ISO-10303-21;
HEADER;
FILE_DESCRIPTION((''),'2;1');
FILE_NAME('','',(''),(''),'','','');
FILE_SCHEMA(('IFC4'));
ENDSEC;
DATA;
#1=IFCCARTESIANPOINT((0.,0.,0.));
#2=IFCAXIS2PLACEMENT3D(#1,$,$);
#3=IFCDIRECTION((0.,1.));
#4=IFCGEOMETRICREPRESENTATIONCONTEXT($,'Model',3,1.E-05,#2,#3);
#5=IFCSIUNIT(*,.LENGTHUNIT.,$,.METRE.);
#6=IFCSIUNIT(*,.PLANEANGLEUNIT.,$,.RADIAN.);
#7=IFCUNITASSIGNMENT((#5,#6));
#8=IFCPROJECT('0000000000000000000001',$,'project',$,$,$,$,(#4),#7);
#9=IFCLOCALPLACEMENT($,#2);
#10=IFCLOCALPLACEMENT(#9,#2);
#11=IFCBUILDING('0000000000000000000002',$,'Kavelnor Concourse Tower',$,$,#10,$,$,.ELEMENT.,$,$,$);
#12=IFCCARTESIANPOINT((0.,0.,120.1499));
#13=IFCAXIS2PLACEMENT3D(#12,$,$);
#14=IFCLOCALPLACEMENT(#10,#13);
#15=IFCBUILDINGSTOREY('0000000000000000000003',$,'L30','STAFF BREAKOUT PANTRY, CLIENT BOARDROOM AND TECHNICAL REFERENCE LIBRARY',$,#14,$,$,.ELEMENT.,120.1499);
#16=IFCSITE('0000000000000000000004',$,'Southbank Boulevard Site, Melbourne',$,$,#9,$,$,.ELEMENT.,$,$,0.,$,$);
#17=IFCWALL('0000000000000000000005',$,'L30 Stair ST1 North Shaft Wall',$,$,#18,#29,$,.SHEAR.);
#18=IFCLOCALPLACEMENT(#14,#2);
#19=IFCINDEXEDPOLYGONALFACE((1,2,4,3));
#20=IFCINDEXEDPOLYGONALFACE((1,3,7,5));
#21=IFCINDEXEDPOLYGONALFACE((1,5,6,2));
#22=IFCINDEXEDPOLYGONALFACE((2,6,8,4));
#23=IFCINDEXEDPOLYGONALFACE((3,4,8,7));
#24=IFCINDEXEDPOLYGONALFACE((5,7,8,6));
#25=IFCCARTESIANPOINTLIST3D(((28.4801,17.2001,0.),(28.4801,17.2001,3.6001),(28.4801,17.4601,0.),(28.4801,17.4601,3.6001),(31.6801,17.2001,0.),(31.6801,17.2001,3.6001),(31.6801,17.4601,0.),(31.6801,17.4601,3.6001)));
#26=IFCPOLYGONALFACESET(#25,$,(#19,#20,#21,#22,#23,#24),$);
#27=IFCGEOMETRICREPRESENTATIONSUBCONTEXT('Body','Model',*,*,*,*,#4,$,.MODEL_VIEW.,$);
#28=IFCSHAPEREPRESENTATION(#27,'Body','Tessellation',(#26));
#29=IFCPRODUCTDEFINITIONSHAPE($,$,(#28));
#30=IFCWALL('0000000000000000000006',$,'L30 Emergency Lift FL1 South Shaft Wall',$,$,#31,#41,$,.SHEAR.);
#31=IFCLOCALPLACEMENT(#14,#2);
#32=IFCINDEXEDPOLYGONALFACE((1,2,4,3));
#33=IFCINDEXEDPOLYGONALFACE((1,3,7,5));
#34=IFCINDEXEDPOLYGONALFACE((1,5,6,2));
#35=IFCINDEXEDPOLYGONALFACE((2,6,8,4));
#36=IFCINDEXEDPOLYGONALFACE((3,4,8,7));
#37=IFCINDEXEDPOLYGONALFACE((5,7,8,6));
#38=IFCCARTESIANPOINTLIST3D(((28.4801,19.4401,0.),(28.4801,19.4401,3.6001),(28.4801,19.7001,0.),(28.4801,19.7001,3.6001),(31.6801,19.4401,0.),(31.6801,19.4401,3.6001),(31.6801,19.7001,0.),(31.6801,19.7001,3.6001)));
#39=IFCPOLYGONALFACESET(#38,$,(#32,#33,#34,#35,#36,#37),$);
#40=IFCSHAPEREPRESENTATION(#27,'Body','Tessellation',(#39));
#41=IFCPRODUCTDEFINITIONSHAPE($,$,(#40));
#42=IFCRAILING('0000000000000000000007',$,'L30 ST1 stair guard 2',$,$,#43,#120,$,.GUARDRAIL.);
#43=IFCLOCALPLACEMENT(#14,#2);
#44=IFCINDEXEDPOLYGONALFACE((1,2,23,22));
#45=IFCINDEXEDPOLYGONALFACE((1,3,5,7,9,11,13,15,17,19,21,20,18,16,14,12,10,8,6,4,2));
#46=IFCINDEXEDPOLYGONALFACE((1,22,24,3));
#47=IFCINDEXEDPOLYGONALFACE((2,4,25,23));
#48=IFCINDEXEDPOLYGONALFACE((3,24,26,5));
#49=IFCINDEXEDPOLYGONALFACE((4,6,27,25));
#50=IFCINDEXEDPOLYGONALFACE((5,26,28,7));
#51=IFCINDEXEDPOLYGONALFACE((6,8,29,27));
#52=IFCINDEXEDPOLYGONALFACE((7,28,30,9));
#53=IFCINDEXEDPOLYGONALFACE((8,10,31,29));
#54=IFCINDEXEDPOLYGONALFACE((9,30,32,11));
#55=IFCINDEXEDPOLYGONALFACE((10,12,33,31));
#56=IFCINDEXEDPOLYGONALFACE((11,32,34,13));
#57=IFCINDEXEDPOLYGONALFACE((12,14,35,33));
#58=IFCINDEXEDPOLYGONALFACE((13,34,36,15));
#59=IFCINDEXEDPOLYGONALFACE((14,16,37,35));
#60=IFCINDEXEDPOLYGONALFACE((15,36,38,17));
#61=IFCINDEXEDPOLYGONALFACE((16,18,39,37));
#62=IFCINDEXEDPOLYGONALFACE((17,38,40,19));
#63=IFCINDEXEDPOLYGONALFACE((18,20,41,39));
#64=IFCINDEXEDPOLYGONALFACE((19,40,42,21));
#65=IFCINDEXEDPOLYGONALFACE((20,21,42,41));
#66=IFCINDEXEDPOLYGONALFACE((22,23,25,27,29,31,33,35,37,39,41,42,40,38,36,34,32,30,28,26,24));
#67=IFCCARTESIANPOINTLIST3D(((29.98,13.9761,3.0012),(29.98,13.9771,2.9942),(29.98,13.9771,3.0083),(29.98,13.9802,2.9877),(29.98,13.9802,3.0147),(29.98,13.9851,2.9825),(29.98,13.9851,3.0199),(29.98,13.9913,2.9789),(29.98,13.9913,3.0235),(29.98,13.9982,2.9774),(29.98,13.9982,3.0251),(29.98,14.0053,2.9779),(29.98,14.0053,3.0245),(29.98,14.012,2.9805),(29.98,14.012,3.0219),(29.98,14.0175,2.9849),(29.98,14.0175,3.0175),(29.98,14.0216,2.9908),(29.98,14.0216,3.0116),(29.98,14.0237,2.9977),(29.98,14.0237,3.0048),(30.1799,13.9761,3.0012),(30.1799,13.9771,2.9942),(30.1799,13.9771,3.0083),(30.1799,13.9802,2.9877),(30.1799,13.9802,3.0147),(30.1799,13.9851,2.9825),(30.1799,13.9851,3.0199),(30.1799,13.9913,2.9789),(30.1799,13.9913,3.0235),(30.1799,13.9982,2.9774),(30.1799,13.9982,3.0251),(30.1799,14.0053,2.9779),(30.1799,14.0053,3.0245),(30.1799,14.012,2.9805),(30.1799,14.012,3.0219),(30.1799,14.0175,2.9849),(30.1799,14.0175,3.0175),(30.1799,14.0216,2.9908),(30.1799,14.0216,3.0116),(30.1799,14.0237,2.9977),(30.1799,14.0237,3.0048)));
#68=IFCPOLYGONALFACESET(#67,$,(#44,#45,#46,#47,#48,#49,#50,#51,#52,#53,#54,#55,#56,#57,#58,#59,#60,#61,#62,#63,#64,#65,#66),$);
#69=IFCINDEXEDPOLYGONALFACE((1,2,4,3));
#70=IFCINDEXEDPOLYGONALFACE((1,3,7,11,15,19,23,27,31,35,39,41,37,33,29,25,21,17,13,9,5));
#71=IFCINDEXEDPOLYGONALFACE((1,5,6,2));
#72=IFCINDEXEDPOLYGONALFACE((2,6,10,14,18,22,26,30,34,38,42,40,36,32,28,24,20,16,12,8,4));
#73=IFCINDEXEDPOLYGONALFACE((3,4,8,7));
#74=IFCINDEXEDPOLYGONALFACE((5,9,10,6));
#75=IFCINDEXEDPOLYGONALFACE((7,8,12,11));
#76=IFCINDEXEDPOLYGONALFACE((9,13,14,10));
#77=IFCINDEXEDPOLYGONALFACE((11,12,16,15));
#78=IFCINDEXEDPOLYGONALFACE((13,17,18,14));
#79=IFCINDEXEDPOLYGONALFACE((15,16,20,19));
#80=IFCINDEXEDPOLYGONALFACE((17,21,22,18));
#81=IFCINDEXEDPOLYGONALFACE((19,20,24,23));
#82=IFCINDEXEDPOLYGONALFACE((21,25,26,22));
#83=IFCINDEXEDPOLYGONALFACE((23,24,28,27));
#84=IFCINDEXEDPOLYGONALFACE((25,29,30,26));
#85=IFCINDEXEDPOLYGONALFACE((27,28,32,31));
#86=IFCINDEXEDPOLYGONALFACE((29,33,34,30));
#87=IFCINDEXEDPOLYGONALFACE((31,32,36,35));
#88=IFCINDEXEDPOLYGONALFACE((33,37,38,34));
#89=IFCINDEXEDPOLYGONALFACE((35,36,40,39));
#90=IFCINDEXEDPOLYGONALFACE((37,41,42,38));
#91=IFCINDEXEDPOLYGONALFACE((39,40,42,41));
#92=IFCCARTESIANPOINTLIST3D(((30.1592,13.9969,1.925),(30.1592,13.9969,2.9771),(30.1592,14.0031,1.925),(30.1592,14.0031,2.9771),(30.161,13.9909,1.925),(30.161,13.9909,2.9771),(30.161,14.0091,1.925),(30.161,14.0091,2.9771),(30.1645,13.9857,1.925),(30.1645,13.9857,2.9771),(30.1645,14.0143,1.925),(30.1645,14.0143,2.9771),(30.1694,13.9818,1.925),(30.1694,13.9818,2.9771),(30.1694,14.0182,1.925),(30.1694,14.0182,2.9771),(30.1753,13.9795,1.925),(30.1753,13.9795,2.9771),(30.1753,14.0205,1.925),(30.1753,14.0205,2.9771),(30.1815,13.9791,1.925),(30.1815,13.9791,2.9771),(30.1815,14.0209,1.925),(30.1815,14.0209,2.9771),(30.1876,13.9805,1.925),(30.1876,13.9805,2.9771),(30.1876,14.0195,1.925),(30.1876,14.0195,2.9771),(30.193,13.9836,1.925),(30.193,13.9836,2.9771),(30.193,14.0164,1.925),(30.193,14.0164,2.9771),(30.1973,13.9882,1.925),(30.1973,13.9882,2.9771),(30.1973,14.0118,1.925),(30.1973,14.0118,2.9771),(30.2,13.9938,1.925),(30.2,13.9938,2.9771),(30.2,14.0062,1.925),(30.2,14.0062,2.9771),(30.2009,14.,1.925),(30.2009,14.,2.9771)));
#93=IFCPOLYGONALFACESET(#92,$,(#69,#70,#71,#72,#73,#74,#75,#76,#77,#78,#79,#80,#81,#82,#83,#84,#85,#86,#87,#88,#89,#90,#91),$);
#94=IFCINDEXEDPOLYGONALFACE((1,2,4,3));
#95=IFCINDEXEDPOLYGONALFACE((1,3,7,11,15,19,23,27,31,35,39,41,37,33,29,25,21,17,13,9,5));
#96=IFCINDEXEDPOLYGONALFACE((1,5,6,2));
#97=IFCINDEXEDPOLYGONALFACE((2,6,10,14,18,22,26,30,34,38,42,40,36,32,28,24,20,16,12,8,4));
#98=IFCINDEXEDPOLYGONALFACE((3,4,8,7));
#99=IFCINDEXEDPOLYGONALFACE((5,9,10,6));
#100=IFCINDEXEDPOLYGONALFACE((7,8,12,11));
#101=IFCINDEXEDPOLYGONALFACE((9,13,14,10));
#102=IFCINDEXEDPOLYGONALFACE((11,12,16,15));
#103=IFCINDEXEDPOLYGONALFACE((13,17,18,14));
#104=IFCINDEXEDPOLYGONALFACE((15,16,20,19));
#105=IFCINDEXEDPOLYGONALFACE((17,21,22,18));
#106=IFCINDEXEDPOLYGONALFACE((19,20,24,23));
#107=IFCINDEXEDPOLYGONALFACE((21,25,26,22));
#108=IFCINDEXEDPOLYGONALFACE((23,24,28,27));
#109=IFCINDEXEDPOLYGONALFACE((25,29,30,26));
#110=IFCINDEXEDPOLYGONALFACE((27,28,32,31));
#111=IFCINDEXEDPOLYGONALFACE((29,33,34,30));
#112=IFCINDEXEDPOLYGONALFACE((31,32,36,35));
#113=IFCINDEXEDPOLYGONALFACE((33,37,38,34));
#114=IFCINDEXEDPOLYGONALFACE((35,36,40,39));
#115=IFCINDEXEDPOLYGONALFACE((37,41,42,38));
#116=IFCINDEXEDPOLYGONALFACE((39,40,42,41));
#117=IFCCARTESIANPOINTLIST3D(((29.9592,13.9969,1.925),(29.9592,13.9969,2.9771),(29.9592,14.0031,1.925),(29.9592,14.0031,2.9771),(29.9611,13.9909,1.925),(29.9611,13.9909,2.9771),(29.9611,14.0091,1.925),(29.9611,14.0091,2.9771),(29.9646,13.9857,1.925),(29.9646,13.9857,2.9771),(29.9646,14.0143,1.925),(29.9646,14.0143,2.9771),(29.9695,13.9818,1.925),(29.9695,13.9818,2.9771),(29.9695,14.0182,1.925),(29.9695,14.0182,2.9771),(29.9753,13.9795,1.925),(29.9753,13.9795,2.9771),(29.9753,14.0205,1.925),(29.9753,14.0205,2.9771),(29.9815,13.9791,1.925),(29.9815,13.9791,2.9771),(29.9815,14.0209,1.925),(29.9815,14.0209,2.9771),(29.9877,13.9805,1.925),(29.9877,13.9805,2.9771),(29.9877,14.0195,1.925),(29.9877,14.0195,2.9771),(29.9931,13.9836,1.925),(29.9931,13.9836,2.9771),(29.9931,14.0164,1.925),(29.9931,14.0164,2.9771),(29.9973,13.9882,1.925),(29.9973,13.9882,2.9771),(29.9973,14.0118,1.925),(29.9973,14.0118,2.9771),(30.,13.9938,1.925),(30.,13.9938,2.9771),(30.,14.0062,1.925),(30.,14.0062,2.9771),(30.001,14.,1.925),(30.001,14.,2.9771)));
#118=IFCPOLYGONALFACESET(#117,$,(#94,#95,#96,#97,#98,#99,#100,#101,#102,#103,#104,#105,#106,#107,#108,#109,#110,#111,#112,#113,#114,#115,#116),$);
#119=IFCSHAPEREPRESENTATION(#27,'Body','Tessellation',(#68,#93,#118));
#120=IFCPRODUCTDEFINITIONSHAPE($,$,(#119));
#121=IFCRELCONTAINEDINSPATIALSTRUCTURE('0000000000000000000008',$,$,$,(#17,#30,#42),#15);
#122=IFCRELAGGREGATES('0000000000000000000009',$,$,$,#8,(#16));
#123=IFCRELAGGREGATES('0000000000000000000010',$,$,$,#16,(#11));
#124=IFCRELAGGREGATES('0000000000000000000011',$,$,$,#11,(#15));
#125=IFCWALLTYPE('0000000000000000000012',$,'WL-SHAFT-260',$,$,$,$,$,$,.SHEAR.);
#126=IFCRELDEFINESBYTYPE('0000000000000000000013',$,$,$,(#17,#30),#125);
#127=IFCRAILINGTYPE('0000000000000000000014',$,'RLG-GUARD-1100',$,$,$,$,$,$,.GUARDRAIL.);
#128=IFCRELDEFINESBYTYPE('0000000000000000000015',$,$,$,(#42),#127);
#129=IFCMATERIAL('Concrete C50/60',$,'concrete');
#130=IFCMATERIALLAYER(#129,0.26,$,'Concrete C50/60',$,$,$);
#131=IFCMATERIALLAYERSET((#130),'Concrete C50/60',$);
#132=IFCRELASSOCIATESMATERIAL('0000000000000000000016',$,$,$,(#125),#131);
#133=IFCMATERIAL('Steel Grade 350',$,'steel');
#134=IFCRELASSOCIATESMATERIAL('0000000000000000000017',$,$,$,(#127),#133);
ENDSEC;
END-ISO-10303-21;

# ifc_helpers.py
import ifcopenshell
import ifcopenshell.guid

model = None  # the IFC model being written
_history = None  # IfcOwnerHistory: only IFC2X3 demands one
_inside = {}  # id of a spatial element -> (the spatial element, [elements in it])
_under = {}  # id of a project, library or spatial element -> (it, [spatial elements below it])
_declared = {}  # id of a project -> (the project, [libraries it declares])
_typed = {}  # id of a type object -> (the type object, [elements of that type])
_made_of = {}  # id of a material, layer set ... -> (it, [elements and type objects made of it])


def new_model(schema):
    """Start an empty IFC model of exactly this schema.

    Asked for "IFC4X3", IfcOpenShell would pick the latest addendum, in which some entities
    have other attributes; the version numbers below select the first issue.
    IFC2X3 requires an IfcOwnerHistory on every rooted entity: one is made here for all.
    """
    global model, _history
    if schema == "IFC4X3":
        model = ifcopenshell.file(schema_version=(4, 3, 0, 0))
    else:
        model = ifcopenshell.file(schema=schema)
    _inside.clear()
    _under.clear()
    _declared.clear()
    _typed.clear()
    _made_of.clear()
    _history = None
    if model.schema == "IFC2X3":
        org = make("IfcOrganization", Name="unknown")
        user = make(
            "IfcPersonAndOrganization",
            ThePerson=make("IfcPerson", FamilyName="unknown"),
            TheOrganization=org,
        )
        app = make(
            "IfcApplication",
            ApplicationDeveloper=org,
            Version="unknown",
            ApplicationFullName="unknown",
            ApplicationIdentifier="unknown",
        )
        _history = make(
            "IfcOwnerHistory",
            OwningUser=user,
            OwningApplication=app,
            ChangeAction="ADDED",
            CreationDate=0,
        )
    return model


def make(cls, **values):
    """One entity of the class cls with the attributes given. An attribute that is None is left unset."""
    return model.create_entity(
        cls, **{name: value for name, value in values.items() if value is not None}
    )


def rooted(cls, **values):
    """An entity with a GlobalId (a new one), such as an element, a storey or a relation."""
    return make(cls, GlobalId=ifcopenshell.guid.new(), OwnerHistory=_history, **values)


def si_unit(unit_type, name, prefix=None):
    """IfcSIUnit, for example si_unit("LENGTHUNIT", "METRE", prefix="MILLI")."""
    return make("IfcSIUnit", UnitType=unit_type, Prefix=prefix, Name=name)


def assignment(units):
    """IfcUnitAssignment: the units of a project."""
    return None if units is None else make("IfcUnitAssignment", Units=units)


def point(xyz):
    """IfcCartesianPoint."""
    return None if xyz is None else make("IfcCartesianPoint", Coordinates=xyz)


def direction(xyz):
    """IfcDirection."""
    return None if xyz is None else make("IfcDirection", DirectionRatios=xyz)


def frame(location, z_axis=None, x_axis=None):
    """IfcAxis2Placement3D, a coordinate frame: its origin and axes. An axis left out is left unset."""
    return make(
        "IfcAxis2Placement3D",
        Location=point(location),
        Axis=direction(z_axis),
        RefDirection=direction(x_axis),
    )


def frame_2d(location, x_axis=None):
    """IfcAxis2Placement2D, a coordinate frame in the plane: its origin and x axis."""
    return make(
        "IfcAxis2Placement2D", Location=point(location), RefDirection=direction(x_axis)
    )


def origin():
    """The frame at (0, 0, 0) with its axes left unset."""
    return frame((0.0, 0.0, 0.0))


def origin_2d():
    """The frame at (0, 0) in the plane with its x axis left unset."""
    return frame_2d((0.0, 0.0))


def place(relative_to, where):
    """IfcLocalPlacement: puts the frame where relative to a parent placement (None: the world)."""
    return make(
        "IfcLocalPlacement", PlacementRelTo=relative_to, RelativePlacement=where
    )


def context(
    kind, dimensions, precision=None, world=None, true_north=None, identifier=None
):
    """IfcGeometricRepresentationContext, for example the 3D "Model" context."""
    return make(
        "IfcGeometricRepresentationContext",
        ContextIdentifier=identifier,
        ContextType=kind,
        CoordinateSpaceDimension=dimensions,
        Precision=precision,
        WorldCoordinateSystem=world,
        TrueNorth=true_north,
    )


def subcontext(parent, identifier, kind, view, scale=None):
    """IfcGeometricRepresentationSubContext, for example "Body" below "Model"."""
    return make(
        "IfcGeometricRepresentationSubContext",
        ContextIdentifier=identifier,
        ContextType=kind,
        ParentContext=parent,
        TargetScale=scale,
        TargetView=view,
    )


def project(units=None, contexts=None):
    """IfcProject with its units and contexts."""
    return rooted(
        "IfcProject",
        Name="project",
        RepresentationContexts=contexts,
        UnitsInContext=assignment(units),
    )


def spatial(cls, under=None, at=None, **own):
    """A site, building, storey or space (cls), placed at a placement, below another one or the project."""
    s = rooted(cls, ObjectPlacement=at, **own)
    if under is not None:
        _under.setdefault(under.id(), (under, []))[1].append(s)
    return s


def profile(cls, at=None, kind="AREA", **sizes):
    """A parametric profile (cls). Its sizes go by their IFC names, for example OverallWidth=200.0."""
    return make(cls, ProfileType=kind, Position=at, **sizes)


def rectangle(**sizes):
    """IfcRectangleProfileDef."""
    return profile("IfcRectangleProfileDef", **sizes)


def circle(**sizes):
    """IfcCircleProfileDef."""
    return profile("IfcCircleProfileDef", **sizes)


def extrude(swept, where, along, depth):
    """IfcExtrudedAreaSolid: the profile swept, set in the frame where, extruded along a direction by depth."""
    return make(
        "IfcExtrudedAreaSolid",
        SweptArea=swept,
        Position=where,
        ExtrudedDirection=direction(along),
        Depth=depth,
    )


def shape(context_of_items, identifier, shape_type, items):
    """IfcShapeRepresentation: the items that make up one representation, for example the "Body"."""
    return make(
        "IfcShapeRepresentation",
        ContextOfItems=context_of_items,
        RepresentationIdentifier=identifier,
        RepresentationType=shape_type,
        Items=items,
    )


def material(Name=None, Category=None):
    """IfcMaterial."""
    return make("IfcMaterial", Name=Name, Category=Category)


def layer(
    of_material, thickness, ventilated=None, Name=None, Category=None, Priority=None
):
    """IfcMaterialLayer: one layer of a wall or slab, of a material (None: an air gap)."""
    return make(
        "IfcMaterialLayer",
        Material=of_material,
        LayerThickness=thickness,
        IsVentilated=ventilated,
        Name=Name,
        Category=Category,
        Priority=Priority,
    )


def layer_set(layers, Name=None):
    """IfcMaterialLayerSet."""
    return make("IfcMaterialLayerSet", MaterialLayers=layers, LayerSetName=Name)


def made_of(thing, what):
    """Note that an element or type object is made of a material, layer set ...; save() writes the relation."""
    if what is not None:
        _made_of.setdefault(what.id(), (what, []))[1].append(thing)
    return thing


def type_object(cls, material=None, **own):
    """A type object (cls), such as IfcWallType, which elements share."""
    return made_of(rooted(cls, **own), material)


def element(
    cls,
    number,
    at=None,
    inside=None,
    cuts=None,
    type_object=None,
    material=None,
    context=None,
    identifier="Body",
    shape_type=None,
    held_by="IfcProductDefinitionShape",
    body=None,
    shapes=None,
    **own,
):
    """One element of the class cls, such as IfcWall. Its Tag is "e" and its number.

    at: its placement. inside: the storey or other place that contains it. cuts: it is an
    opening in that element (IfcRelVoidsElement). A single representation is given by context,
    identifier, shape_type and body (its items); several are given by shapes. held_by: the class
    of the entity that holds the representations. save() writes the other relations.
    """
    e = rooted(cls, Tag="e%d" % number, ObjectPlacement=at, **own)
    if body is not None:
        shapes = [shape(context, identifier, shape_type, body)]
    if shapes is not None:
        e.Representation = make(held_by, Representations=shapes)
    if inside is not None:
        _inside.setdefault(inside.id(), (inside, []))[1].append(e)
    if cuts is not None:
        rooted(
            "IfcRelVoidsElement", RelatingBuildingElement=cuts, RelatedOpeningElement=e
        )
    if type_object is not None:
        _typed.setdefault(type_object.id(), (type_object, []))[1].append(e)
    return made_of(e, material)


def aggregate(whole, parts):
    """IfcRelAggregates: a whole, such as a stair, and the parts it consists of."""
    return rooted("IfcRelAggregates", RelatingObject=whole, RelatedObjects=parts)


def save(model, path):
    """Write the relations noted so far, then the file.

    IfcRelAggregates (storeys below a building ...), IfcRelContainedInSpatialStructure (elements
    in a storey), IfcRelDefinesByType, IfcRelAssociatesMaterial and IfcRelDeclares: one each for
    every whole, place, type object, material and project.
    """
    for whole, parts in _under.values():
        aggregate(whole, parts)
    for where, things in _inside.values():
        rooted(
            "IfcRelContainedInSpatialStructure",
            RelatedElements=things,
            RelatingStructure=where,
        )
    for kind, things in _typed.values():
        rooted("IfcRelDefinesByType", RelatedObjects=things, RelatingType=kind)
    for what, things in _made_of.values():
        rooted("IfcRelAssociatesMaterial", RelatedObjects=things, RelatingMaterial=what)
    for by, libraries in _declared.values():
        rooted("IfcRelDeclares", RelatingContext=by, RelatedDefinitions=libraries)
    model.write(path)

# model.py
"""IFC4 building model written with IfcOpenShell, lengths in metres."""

from ifc_helpers import new_model, si_unit, direction, frame, frame_2d, origin, origin_2d, place, context, subcontext, project, spatial, rectangle, circle, extrude, material, layer, layer_set, type_object, element, save


model = new_model("IFC4")

# Units and contexts
model_context = context("Model", 3, precision=1e-05, world=origin(), true_north=direction((0.0, 1.0)))
body_context = subcontext(model_context, "Body", "Model", "MODEL_VIEW")
ifc_project = project(units=[si_unit("LENGTHUNIT", "METRE"), si_unit("PLANEANGLEUNIT", "RADIAN")], contexts=[model_context])

# Site, building, storey
site_placement = place(None, origin())
site = spatial("IfcSite", under=ifc_project, at=site_placement, Name="Southbank Boulevard Site, Melbourne", CompositionType="ELEMENT", RefElevation=0.0)
building_placement = place(site_placement, origin())
building = spatial("IfcBuilding", under=site, at=building_placement, Name="Kavelnor Concourse Tower", CompositionType="ELEMENT")
storey_placement = place(building_placement, frame((0.0, 0.0, 120.1499)))
storey = spatial("IfcBuildingStorey", under=building, at=storey_placement, Name="L30", Description="STAFF BREAKOUT PANTRY, CLIENT BOARDROOM AND TECHNICAL REFERENCE LIBRARY", CompositionType="ELEMENT", Elevation=120.1499)

# Shared definitions
ifc_material_1 = material(Name="Steel Grade 350", Category="steel")

# Shared definitions
ifc_material_2 = material(Name="Concrete C50/60", Category="concrete")

# Walls
ifc_layer_1 = layer(ifc_material_2, 0.26, Name="Concrete C50/60")
ifc_layer_set_1 = layer_set([ifc_layer_1], Name="Concrete C50/60")
wall_type_1 = type_object("IfcWallType", Name="WL-SHAFT-260", PredefinedType="SHEAR", material=ifc_layer_set_1)
for number, where, z_axis, x_axis, name in (
    (1, (28.48, 17.3301, 0.0), (0.0, 0.0, 1.0), (1.0, 0.0, 0.0), "L30 Stair ST1 North Shaft Wall"),
    (2, (28.48, 19.5701, 0.0), (0.0, 0.0, 1.0), (1.0, 0.0, 0.0), "L30 Emergency Lift FL1 South Shaft Wall"),
):
    element("IfcWall", number, at=place(storey_placement, frame(where, z_axis=z_axis, x_axis=x_axis)), inside=storey, type_object=wall_type_1, Name=name, PredefinedType="SHEAR", context=body_context, shape_type="SweptSolid", body=[
        extrude(rectangle(XDim=3.2, YDim=0.26, at=frame_2d((1.6001, 0.0))), origin(), (0.0, 0.0, 1.0), 3.6001),
    ])

# Railing
railing_type = type_object("IfcRailingType", Name="RLG-GUARD-1100", PredefinedType="GUARDRAIL", material=ifc_material_1)
railing_1_placement = place(storey_placement, frame((30.1799, 14.0, 1.925)))
element("IfcRailing", 3, at=railing_1_placement, inside=storey, type_object=railing_type, Name="L30 ST1 stair guard 2", PredefinedType="GUARDRAIL", context=body_context, shape_type="SweptSolid", body=[
    extrude(circle(Radius=0.0239, at=origin_2d()), frame((0.0, 0.0, 1.0762), z_axis=(-1.0, 0.0, 0.0), x_axis=(0.0, -1.0, 0.0)), (0.0, 0.0, 1.0), 0.2),
    extrude(circle(Radius=0.021, at=origin_2d()), origin(), (0.0, 0.0, 1.0), 1.052),
    extrude(circle(Radius=0.021, at=origin_2d()), frame((-0.2, 0.0, 0.0)), (0.0, 0.0, 1.0), 1.052),
])

save(model, "model.ifc")
